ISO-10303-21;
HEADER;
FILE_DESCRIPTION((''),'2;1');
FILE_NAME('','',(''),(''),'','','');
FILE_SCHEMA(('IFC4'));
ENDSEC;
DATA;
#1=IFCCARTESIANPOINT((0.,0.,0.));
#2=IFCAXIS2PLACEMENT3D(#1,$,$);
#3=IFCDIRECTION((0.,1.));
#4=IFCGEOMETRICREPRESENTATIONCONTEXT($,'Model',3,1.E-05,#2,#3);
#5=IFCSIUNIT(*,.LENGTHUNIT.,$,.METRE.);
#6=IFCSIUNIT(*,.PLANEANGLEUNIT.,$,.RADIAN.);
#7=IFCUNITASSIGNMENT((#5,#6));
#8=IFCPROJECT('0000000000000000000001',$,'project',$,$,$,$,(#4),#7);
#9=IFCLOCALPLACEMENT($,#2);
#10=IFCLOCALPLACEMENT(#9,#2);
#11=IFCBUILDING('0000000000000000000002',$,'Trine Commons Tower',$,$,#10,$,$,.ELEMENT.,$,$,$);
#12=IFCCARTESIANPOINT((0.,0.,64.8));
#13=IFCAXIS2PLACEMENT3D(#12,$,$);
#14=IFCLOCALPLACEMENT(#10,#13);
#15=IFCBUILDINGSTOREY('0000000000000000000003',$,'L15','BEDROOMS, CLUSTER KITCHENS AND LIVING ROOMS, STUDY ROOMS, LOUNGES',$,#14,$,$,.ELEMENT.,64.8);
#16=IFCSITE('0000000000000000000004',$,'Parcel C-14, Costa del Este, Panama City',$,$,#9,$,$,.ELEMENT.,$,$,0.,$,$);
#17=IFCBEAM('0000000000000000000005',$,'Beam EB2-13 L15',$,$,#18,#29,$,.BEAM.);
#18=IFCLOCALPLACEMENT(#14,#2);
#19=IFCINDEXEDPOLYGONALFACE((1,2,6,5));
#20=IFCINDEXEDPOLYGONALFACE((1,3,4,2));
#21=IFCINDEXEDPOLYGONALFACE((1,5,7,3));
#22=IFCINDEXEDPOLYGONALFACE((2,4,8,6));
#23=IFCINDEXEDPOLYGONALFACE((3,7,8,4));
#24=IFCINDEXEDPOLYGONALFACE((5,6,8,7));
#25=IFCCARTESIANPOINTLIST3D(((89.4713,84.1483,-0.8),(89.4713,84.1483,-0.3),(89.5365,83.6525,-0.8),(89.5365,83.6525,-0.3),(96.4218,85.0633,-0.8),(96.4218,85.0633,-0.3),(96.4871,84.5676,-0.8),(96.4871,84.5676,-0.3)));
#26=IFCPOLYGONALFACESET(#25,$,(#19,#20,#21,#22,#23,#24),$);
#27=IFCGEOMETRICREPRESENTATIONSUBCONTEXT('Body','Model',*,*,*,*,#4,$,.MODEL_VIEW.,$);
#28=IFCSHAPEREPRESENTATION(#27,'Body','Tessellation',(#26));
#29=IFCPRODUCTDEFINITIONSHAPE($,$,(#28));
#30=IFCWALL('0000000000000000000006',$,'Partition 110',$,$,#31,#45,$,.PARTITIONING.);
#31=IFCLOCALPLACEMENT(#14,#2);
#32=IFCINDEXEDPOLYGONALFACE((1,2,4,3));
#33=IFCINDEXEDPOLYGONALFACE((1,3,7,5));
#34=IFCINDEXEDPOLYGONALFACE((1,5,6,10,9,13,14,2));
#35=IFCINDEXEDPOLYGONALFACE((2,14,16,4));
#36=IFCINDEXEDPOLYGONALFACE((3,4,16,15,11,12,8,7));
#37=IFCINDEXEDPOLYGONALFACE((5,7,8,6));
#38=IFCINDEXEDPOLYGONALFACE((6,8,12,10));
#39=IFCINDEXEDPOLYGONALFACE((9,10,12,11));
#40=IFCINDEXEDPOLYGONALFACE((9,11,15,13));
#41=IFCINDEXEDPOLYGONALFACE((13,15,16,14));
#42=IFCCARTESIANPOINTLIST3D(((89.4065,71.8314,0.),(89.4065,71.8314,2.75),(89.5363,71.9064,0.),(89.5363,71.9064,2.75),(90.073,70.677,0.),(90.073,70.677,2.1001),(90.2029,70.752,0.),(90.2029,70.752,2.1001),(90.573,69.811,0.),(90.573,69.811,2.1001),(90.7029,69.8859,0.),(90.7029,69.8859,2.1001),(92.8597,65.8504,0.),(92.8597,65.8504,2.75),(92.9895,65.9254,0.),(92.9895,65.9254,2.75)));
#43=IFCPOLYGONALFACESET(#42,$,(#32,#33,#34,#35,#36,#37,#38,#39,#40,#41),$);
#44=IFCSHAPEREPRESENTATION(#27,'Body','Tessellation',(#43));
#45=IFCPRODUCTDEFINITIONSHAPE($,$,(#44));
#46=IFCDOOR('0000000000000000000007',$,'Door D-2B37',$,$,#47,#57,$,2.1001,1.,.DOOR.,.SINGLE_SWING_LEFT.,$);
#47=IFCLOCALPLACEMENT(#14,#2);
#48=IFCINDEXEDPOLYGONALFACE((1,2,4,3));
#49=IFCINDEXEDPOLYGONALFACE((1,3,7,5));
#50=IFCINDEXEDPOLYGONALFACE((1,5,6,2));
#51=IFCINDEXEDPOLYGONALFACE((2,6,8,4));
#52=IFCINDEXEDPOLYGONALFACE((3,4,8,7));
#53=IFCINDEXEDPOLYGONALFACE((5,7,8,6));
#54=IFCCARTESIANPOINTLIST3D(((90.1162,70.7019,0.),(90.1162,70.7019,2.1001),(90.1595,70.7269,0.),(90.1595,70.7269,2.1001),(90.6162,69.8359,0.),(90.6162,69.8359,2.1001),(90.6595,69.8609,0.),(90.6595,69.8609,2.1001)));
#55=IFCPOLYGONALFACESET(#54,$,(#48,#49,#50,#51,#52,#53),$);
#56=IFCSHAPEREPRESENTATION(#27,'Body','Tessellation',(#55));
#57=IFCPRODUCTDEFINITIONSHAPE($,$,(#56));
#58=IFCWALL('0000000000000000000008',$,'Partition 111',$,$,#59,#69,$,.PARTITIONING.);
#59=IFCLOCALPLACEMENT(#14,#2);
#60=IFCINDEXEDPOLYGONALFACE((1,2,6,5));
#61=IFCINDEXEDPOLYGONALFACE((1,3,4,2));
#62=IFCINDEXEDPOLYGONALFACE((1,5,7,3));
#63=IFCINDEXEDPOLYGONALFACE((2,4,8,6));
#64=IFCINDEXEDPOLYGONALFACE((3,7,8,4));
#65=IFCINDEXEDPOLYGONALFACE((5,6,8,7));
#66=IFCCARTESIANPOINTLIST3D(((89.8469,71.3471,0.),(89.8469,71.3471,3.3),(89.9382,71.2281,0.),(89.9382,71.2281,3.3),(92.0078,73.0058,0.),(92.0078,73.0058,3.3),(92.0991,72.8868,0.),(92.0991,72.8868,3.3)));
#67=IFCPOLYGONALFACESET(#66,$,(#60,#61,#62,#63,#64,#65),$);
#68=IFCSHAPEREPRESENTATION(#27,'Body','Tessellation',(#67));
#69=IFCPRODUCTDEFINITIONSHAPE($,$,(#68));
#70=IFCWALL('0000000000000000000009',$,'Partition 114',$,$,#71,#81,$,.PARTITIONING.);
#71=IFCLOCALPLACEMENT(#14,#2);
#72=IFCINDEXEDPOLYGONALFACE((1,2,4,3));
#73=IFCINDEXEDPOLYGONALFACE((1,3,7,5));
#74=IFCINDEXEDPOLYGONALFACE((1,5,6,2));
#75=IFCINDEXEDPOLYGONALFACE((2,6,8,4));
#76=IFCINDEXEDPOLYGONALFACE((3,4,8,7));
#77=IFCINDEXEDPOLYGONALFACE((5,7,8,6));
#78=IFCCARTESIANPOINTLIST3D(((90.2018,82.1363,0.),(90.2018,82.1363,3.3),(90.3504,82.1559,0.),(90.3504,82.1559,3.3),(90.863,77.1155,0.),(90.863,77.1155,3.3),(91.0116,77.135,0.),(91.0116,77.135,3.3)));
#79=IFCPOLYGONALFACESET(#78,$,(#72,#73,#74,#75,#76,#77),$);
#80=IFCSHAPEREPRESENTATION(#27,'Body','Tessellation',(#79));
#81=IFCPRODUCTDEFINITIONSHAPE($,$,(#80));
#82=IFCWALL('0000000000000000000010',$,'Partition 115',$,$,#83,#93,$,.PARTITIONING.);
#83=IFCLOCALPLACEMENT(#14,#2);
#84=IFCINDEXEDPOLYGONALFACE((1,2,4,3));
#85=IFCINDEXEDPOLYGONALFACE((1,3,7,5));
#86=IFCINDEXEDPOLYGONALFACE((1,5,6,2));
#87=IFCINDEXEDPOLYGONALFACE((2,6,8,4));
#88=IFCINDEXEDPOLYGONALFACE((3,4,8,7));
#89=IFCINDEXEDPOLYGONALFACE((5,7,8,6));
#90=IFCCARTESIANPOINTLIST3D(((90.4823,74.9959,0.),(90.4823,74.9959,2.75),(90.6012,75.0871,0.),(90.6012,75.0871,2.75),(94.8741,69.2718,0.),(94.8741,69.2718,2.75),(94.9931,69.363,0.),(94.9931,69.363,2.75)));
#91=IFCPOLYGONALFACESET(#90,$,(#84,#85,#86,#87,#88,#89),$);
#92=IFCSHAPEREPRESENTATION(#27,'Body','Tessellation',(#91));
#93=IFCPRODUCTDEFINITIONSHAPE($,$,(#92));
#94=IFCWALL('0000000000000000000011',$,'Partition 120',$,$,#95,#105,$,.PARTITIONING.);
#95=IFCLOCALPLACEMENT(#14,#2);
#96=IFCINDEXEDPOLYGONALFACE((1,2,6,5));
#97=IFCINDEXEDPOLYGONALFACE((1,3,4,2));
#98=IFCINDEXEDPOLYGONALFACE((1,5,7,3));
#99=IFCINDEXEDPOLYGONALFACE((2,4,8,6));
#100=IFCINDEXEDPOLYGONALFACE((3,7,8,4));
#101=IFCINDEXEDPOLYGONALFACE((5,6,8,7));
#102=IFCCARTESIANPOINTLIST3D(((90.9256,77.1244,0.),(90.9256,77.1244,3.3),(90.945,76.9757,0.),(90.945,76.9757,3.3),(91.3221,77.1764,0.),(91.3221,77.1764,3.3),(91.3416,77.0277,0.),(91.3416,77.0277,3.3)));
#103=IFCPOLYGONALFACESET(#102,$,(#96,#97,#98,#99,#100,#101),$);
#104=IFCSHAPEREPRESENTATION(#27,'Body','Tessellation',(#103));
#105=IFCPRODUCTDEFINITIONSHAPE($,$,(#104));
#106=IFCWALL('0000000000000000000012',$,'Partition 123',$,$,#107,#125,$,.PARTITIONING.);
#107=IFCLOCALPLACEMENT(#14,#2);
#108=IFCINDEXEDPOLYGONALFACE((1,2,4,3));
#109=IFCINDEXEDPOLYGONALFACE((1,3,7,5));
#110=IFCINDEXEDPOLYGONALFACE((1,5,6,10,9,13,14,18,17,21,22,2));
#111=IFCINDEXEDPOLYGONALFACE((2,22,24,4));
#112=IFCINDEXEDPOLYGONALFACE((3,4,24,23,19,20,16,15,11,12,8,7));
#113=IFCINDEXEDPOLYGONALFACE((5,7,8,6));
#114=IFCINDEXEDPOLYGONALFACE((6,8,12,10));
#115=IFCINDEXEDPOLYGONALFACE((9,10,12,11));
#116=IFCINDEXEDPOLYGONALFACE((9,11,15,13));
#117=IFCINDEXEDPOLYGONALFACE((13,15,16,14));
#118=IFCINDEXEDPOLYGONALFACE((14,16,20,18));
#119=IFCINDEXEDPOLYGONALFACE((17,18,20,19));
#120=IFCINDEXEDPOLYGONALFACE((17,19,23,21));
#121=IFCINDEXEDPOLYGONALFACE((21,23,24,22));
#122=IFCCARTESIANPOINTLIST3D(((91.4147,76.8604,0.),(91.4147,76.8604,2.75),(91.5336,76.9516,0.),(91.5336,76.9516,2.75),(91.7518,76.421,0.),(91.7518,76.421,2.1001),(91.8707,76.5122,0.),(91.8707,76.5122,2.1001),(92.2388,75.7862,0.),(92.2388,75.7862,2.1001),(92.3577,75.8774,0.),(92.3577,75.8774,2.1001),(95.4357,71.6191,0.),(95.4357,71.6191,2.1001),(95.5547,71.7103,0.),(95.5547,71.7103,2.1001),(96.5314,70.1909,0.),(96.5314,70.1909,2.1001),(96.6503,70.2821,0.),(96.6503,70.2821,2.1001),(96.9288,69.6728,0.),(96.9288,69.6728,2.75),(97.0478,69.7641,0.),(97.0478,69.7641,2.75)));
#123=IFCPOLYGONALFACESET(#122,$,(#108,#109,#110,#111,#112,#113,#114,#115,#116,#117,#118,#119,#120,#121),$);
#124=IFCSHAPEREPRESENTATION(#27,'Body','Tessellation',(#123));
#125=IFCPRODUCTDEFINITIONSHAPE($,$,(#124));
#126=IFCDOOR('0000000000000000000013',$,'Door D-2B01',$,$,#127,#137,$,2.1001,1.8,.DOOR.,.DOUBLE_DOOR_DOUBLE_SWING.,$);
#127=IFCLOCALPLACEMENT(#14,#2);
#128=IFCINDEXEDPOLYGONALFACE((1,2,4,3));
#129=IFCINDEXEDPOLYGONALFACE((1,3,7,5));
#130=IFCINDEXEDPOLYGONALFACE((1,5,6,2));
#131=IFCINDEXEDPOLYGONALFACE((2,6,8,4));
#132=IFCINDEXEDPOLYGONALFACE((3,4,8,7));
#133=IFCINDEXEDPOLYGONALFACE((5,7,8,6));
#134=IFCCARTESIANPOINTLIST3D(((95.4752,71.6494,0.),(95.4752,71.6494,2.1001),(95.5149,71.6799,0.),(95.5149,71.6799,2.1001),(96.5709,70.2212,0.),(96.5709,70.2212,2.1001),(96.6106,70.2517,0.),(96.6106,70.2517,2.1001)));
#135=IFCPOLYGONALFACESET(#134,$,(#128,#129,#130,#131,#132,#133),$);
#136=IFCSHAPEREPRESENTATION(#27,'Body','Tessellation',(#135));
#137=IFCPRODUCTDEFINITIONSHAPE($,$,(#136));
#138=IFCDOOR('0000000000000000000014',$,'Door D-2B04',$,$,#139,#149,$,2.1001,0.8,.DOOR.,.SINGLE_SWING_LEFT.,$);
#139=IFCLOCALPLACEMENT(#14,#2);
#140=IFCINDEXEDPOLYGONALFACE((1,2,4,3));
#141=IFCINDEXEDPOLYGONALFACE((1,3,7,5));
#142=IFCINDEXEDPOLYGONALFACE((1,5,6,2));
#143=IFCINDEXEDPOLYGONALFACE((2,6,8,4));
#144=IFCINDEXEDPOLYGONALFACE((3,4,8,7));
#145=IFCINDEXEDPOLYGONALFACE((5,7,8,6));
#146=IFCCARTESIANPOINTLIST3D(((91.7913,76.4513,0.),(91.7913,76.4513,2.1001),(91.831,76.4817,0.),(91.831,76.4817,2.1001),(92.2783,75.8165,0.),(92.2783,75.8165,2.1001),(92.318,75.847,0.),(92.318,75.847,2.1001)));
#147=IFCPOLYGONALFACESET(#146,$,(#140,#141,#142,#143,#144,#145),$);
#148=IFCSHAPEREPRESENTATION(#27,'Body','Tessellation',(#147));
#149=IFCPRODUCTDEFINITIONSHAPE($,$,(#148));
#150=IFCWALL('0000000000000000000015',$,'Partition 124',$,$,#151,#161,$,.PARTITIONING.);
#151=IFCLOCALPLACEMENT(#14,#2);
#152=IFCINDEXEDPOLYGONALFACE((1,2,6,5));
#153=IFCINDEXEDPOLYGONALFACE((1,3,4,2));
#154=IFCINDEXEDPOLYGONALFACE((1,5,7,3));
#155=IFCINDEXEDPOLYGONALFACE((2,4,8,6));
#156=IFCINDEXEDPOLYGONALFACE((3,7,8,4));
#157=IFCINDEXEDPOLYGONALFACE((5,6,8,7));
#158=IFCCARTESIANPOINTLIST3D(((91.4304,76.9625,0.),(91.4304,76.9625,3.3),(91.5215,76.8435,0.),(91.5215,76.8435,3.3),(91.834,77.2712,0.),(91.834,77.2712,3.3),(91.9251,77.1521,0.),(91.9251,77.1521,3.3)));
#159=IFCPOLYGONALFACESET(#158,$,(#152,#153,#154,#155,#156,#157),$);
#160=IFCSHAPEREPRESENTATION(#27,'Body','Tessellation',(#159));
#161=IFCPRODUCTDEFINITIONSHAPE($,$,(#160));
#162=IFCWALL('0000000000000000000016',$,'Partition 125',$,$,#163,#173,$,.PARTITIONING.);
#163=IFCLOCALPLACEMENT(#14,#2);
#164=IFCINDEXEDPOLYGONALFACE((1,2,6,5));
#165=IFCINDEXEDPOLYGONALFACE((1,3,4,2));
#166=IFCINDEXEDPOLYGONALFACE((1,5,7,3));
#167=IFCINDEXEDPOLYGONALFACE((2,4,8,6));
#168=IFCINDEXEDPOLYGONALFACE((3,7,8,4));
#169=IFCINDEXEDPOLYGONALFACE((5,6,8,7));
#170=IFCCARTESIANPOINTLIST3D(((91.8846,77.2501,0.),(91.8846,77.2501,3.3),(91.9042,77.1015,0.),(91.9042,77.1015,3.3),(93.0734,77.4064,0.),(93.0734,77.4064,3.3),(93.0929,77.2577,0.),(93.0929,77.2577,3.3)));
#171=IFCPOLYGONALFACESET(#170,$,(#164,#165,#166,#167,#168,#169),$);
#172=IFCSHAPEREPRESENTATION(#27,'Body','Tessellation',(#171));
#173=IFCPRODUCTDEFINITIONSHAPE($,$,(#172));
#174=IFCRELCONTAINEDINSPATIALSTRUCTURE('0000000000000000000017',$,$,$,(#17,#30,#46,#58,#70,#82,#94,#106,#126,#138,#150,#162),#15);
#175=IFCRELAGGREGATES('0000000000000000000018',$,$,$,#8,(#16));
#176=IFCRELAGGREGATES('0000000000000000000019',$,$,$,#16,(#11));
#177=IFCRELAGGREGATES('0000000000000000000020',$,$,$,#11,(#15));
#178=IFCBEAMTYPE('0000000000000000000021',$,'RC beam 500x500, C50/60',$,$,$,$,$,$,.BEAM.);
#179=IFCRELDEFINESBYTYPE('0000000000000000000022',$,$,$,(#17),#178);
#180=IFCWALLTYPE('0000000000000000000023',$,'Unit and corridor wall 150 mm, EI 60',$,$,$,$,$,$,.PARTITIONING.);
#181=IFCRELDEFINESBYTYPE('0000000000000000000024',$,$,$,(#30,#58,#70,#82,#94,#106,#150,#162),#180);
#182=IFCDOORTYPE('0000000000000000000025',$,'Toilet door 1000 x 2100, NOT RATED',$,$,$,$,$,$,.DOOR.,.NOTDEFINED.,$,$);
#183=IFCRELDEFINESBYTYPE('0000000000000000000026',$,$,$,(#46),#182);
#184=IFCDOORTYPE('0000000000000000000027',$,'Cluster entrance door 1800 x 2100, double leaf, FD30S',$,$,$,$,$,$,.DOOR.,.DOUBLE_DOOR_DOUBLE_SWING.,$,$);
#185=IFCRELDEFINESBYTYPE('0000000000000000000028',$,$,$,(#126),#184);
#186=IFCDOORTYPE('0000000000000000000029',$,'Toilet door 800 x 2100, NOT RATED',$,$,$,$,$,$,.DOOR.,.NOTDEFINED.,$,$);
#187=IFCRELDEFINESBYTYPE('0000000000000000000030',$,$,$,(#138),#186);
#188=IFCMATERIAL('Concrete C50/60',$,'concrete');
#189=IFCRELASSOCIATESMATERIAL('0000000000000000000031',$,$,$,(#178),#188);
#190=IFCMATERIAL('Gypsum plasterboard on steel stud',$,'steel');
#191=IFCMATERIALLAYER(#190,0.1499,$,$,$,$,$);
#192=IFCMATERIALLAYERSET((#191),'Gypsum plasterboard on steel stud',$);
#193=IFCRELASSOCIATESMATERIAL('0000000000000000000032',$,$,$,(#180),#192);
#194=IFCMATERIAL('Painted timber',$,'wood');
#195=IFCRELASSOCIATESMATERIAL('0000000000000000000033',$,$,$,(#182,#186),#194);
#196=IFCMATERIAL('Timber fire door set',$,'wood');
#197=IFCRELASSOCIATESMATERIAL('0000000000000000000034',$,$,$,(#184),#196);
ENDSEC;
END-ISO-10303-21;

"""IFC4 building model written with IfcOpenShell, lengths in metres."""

from ifc_helpers import new_model, si_unit, direction, frame, frame_2d, origin, origin_2d, place, context, subcontext, project, spatial, rectangle, extrude, material, layer, layer_set, material_profile, profile_set, type_object, element, fill, save


model = new_model("IFC4")

# Units and contexts
model_context = context("Model", 3, precision=1e-05, world=origin(), true_north=direction((0.0, 1.0)))
body_context = subcontext(model_context, "Body", "Model", "MODEL_VIEW")
ifc_project = project(units=[si_unit("LENGTHUNIT", "METRE"), si_unit("PLANEANGLEUNIT", "RADIAN")], contexts=[model_context])

# Site, building, storey
site_placement = place(None, origin())
site = spatial("IfcSite", under=ifc_project, at=site_placement, Name="Parcel C-14, Costa del Este, Panama City", CompositionType="ELEMENT", RefElevation=0.0)
building_placement = place(site_placement, origin())
building = spatial("IfcBuilding", under=site, at=building_placement, Name="Trine Commons Tower", CompositionType="ELEMENT")
storey_placement = place(building_placement, frame((0.0, 0.0, 64.8)))
storey = spatial("IfcBuildingStorey", under=building, at=storey_placement, Name="L15", Description="BEDROOMS, CLUSTER KITCHENS AND LIVING ROOMS, STUDY ROOMS, LOUNGES", CompositionType="ELEMENT", Elevation=64.8)

# Beam
ifc_material_1 = material(Name="Concrete C50/60", Category="concrete")
ifc_material_profile = material_profile(ifc_material_1, rectangle(XDim=0.5, YDim=0.5, at=origin_2d()), Name="RC 500x500")
ifc_profile_set = profile_set([ifc_material_profile], Name="Concrete C50/60")
beam_type = type_object("IfcBeamType", Name="RC beam 500x500, C50/60", PredefinedType="BEAM", material=ifc_profile_set)
beam_placement = place(storey_placement, frame((89.5039, 83.9004, -0.55), z_axis=(0.991445, 0.130526, 0.0), x_axis=(-0.130526, 0.991445, 0.0)))
element("IfcBeam", 1, at=beam_placement, inside=storey, type_object=beam_type, Name="Beam EB2-13 L15", PredefinedType="BEAM", context=body_context, shape_type="SweptSolid", body=[
    extrude(rectangle(XDim=0.5, YDim=0.5, at=origin_2d()), origin(), (0.0, 0.0, 1.0), 7.0105),
])

# Wall, opening, door
ifc_material_2 = material(Name="Gypsum plasterboard on steel stud", Category="steel")
ifc_layer_1 = layer(ifc_material_2, 0.1499)
ifc_layer_set_1 = layer_set([ifc_layer_1], Name="Gypsum plasterboard on steel stud")
wall_type_1 = type_object("IfcWallType", Name="Unit and corridor wall 150 mm, EI 60", PredefinedType="PARTITIONING", material=ifc_layer_set_1)
wall_1_placement = place(storey_placement, frame((89.4714, 71.8689, 0.0), z_axis=(0.0, 0.0, 1.0), x_axis=(0.500002, -0.866024, 0.0)))
wall_1 = element("IfcWall", 2, at=wall_1_placement, inside=storey, type_object=wall_type_1, Name="Partition 110", PredefinedType="PARTITIONING", context=body_context, shape_type="SweptSolid", body=[
    extrude(rectangle(XDim=6.9062, YDim=0.1499, at=frame_2d((3.4531, 0.0))), origin(), (0.0, 0.0, 1.0), 2.75),
])
opening_1_placement = place(wall_1_placement, frame((1.333, 0.0, 0.0)))
opening_1 = element("IfcOpeningElement", 3, at=opening_1_placement, cuts=wall_1, PredefinedType="OPENING", context=body_context, shape_type="SweptSolid", body=[
    extrude(rectangle(XDim=1.0, YDim=2.1001, at=frame_2d((0.5, 1.05))), frame((0.0, 0.085, 0.0), z_axis=(0.0, -1.0, 0.0), x_axis=(1.0, 0.0, 0.0)), (0.0, 0.0, 1.0), 0.1699),
])
ifc_material_3 = material(Name="Painted timber", Category="wood")
door_type_1 = type_object("IfcDoorType", Name="Toilet door 1000 x 2100, NOT RATED", OperationType="NOTDEFINED", PredefinedType="DOOR", material=ifc_material_3)
door_1_placement = place(opening_1_placement, origin())
door_1 = element("IfcDoor", 4, at=door_1_placement, inside=storey, type_object=door_type_1, Name="Door D-2B37", OperationType="SINGLE_SWING_LEFT", OverallHeight=2.1001, OverallWidth=1.0, PredefinedType="DOOR", context=body_context, shape_type="SweptSolid", body=[
    extrude(rectangle(XDim=1.0, YDim=2.1001, at=frame_2d((0.5, 1.05))), frame((0.0, 0.0249, 0.0), z_axis=(0.0, -1.0, 0.0), x_axis=(1.0, 0.0, 0.0)), (0.0, 0.0, 1.0), 0.05),
])
fill(opening_1, door_1)

# Walls
wall_2_placement = place(storey_placement, frame((89.8926, 71.2876, 0.0), z_axis=(0.0, 0.0, 1.0), x_axis=(0.79325, 0.608896, 0.0)))
element("IfcWall", 5, at=wall_2_placement, inside=storey, type_object=wall_type_1, Name="Partition 111", PredefinedType="PARTITIONING", context=body_context, shape_type="SweptSolid", body=[
    extrude(rectangle(XDim=2.7241, YDim=0.1499, at=frame_2d((1.3621, 0.0))), origin(), (0.0, 0.0, 1.0), 3.3),
])
wall_3_placement = place(storey_placement, frame((90.2761, 82.1462, 0.0), z_axis=(0.0, 0.0, 1.0), x_axis=(0.130553, -0.991441, 0.0)))
element("IfcWall", 6, at=wall_3_placement, inside=storey, type_object=wall_type_1, Name="Partition 114", PredefinedType="PARTITIONING", context=body_context, shape_type="SweptSolid", body=[
    extrude(rectangle(XDim=5.0642, YDim=0.1499, at=frame_2d((2.5322, 0.0))), origin(), (0.0, 0.0, 1.0), 3.3),
])
wall_4_placement = place(storey_placement, frame((90.5417, 75.0415, 0.0), z_axis=(0.0, 0.0, 1.0), x_axis=(0.608724, -0.793382, 0.0)))
element("IfcWall", 7, at=wall_4_placement, inside=storey, type_object=wall_type_1, Name="Partition 115", PredefinedType="PARTITIONING", context=body_context, shape_type="SweptSolid", body=[
    extrude(rectangle(XDim=7.2148, YDim=0.1499, at=frame_2d((3.6074, 0.0))), origin(), (0.0, 0.0, 1.0), 2.75),
])
wall_5_placement = place(storey_placement, frame((90.9353, 77.05, 0.0), z_axis=(0.0, 0.0, 1.0), x_axis=(0.991508, 0.130044, 0.0)))
element("IfcWall", 8, at=wall_5_placement, inside=storey, type_object=wall_type_1, Name="Partition 120", PredefinedType="PARTITIONING", context=body_context, shape_type="SweptSolid", body=[
    extrude(rectangle(XDim=0.3999, YDim=0.1499, at=frame_2d((0.2, 0.0))), origin(), (0.0, 0.0, 1.0), 3.3),
])

# Wall, openings, doors
wall_6_placement = place(storey_placement, frame((91.4741, 76.906, 0.0), z_axis=(0.0, 0.0, 1.0), x_axis=(0.608692, -0.793407, 0.0)))
wall_6 = element("IfcWall", 9, at=wall_6_placement, inside=storey, type_object=wall_type_1, Name="Partition 123", PredefinedType="PARTITIONING", context=body_context, shape_type="SweptSolid", body=[
    extrude(rectangle(XDim=9.0591, YDim=0.1499, at=frame_2d((4.5295, 0.0))), origin(), (0.0, 0.0, 1.0), 2.75),
])
opening_2_placement = place(wall_6_placement, frame((6.6062, 0.0, 0.0)))
opening_2 = element("IfcOpeningElement", 10, at=opening_2_placement, cuts=wall_6, PredefinedType="OPENING", context=body_context, shape_type="SweptSolid", body=[
    extrude(rectangle(XDim=1.8, YDim=2.1001, at=frame_2d((0.8999, 1.05))), frame((0.0, 0.085, 0.0), z_axis=(0.0, -1.0, 0.0), x_axis=(1.0, 0.0, 0.0)), (0.0, 0.0, 1.0), 0.1699),
])
opening_3_placement = place(wall_6_placement, frame((0.554, 0.0, 0.0)))
opening_3 = element("IfcOpeningElement", 11, at=opening_3_placement, cuts=wall_6, PredefinedType="OPENING", context=body_context, shape_type="SweptSolid", body=[
    extrude(rectangle(XDim=0.8, YDim=2.1001, at=frame_2d((0.3999, 1.05))), frame((0.0, 0.085, 0.0), z_axis=(0.0, -1.0, 0.0), x_axis=(1.0, 0.0, 0.0)), (0.0, 0.0, 1.0), 0.1699),
])
ifc_material_4 = material(Name="Timber fire door set", Category="wood")
door_type_2 = type_object("IfcDoorType", Name="Cluster entrance door 1800 x 2100, double leaf, FD30S", OperationType="DOUBLE_DOOR_DOUBLE_SWING", PredefinedType="DOOR", material=ifc_material_4)
door_2_placement = place(opening_2_placement, origin())
door_2 = element("IfcDoor", 12, at=door_2_placement, inside=storey, type_object=door_type_2, Name="Door D-2B01", OperationType="DOUBLE_DOOR_DOUBLE_SWING", OverallHeight=2.1001, OverallWidth=1.8, PredefinedType="DOOR", context=body_context, shape_type="SweptSolid", body=[
    extrude(rectangle(XDim=1.8, YDim=2.1001, at=frame_2d((0.8999, 1.05))), frame((0.0, 0.0249, 0.0), z_axis=(0.0, -1.0, 0.0), x_axis=(1.0, 0.0, 0.0)), (0.0, 0.0, 1.0), 0.05),
])
fill(opening_2, door_2)
door_type_3 = type_object("IfcDoorType", Name="Toilet door 800 x 2100, NOT RATED", OperationType="NOTDEFINED", PredefinedType="DOOR", material=ifc_material_3)
door_3_placement = place(opening_3_placement, origin())
door_3 = element("IfcDoor", 13, at=door_3_placement, inside=storey, type_object=door_type_3, Name="Door D-2B04", OperationType="SINGLE_SWING_LEFT", OverallHeight=2.1001, OverallWidth=0.8, PredefinedType="DOOR", context=body_context, shape_type="SweptSolid", body=[
    extrude(rectangle(XDim=0.8, YDim=2.1001, at=frame_2d((0.3999, 1.05))), frame((0.0, 0.0249, 0.0), z_axis=(0.0, -1.0, 0.0), x_axis=(1.0, 0.0, 0.0)), (0.0, 0.0, 1.0), 0.05),
])
fill(opening_3, door_3)

# Walls
wall_7_placement = place(storey_placement, frame((91.4761, 76.9031, 0.0), z_axis=(0.0, 0.0, 1.0), x_axis=(0.794371, 0.607432, 0.0)))
element("IfcWall", 14, at=wall_7_placement, inside=storey, type_object=wall_type_1, Name="Partition 124", PredefinedType="PARTITIONING", context=body_context, shape_type="SweptSolid", body=[
    extrude(rectangle(XDim=0.5081, YDim=0.1499, at=frame_2d((0.2539, 0.0))), origin(), (0.0, 0.0, 1.0), 3.3),
])
wall_8_placement = place(storey_placement, frame((91.8943, 77.1758, 0.0), z_axis=(0.0, 0.0, 1.0), x_axis=(0.991472, 0.130323, 0.0)))
element("IfcWall", 15, at=wall_8_placement, inside=storey, type_object=wall_type_1, Name="Partition 125", PredefinedType="PARTITIONING", context=body_context, shape_type="SweptSolid", body=[
    extrude(rectangle(XDim=1.199, YDim=0.1499, at=frame_2d((0.5996, 0.0))), origin(), (0.0, 0.0, 1.0), 3.3),
])

save(model, "model.ifc")
